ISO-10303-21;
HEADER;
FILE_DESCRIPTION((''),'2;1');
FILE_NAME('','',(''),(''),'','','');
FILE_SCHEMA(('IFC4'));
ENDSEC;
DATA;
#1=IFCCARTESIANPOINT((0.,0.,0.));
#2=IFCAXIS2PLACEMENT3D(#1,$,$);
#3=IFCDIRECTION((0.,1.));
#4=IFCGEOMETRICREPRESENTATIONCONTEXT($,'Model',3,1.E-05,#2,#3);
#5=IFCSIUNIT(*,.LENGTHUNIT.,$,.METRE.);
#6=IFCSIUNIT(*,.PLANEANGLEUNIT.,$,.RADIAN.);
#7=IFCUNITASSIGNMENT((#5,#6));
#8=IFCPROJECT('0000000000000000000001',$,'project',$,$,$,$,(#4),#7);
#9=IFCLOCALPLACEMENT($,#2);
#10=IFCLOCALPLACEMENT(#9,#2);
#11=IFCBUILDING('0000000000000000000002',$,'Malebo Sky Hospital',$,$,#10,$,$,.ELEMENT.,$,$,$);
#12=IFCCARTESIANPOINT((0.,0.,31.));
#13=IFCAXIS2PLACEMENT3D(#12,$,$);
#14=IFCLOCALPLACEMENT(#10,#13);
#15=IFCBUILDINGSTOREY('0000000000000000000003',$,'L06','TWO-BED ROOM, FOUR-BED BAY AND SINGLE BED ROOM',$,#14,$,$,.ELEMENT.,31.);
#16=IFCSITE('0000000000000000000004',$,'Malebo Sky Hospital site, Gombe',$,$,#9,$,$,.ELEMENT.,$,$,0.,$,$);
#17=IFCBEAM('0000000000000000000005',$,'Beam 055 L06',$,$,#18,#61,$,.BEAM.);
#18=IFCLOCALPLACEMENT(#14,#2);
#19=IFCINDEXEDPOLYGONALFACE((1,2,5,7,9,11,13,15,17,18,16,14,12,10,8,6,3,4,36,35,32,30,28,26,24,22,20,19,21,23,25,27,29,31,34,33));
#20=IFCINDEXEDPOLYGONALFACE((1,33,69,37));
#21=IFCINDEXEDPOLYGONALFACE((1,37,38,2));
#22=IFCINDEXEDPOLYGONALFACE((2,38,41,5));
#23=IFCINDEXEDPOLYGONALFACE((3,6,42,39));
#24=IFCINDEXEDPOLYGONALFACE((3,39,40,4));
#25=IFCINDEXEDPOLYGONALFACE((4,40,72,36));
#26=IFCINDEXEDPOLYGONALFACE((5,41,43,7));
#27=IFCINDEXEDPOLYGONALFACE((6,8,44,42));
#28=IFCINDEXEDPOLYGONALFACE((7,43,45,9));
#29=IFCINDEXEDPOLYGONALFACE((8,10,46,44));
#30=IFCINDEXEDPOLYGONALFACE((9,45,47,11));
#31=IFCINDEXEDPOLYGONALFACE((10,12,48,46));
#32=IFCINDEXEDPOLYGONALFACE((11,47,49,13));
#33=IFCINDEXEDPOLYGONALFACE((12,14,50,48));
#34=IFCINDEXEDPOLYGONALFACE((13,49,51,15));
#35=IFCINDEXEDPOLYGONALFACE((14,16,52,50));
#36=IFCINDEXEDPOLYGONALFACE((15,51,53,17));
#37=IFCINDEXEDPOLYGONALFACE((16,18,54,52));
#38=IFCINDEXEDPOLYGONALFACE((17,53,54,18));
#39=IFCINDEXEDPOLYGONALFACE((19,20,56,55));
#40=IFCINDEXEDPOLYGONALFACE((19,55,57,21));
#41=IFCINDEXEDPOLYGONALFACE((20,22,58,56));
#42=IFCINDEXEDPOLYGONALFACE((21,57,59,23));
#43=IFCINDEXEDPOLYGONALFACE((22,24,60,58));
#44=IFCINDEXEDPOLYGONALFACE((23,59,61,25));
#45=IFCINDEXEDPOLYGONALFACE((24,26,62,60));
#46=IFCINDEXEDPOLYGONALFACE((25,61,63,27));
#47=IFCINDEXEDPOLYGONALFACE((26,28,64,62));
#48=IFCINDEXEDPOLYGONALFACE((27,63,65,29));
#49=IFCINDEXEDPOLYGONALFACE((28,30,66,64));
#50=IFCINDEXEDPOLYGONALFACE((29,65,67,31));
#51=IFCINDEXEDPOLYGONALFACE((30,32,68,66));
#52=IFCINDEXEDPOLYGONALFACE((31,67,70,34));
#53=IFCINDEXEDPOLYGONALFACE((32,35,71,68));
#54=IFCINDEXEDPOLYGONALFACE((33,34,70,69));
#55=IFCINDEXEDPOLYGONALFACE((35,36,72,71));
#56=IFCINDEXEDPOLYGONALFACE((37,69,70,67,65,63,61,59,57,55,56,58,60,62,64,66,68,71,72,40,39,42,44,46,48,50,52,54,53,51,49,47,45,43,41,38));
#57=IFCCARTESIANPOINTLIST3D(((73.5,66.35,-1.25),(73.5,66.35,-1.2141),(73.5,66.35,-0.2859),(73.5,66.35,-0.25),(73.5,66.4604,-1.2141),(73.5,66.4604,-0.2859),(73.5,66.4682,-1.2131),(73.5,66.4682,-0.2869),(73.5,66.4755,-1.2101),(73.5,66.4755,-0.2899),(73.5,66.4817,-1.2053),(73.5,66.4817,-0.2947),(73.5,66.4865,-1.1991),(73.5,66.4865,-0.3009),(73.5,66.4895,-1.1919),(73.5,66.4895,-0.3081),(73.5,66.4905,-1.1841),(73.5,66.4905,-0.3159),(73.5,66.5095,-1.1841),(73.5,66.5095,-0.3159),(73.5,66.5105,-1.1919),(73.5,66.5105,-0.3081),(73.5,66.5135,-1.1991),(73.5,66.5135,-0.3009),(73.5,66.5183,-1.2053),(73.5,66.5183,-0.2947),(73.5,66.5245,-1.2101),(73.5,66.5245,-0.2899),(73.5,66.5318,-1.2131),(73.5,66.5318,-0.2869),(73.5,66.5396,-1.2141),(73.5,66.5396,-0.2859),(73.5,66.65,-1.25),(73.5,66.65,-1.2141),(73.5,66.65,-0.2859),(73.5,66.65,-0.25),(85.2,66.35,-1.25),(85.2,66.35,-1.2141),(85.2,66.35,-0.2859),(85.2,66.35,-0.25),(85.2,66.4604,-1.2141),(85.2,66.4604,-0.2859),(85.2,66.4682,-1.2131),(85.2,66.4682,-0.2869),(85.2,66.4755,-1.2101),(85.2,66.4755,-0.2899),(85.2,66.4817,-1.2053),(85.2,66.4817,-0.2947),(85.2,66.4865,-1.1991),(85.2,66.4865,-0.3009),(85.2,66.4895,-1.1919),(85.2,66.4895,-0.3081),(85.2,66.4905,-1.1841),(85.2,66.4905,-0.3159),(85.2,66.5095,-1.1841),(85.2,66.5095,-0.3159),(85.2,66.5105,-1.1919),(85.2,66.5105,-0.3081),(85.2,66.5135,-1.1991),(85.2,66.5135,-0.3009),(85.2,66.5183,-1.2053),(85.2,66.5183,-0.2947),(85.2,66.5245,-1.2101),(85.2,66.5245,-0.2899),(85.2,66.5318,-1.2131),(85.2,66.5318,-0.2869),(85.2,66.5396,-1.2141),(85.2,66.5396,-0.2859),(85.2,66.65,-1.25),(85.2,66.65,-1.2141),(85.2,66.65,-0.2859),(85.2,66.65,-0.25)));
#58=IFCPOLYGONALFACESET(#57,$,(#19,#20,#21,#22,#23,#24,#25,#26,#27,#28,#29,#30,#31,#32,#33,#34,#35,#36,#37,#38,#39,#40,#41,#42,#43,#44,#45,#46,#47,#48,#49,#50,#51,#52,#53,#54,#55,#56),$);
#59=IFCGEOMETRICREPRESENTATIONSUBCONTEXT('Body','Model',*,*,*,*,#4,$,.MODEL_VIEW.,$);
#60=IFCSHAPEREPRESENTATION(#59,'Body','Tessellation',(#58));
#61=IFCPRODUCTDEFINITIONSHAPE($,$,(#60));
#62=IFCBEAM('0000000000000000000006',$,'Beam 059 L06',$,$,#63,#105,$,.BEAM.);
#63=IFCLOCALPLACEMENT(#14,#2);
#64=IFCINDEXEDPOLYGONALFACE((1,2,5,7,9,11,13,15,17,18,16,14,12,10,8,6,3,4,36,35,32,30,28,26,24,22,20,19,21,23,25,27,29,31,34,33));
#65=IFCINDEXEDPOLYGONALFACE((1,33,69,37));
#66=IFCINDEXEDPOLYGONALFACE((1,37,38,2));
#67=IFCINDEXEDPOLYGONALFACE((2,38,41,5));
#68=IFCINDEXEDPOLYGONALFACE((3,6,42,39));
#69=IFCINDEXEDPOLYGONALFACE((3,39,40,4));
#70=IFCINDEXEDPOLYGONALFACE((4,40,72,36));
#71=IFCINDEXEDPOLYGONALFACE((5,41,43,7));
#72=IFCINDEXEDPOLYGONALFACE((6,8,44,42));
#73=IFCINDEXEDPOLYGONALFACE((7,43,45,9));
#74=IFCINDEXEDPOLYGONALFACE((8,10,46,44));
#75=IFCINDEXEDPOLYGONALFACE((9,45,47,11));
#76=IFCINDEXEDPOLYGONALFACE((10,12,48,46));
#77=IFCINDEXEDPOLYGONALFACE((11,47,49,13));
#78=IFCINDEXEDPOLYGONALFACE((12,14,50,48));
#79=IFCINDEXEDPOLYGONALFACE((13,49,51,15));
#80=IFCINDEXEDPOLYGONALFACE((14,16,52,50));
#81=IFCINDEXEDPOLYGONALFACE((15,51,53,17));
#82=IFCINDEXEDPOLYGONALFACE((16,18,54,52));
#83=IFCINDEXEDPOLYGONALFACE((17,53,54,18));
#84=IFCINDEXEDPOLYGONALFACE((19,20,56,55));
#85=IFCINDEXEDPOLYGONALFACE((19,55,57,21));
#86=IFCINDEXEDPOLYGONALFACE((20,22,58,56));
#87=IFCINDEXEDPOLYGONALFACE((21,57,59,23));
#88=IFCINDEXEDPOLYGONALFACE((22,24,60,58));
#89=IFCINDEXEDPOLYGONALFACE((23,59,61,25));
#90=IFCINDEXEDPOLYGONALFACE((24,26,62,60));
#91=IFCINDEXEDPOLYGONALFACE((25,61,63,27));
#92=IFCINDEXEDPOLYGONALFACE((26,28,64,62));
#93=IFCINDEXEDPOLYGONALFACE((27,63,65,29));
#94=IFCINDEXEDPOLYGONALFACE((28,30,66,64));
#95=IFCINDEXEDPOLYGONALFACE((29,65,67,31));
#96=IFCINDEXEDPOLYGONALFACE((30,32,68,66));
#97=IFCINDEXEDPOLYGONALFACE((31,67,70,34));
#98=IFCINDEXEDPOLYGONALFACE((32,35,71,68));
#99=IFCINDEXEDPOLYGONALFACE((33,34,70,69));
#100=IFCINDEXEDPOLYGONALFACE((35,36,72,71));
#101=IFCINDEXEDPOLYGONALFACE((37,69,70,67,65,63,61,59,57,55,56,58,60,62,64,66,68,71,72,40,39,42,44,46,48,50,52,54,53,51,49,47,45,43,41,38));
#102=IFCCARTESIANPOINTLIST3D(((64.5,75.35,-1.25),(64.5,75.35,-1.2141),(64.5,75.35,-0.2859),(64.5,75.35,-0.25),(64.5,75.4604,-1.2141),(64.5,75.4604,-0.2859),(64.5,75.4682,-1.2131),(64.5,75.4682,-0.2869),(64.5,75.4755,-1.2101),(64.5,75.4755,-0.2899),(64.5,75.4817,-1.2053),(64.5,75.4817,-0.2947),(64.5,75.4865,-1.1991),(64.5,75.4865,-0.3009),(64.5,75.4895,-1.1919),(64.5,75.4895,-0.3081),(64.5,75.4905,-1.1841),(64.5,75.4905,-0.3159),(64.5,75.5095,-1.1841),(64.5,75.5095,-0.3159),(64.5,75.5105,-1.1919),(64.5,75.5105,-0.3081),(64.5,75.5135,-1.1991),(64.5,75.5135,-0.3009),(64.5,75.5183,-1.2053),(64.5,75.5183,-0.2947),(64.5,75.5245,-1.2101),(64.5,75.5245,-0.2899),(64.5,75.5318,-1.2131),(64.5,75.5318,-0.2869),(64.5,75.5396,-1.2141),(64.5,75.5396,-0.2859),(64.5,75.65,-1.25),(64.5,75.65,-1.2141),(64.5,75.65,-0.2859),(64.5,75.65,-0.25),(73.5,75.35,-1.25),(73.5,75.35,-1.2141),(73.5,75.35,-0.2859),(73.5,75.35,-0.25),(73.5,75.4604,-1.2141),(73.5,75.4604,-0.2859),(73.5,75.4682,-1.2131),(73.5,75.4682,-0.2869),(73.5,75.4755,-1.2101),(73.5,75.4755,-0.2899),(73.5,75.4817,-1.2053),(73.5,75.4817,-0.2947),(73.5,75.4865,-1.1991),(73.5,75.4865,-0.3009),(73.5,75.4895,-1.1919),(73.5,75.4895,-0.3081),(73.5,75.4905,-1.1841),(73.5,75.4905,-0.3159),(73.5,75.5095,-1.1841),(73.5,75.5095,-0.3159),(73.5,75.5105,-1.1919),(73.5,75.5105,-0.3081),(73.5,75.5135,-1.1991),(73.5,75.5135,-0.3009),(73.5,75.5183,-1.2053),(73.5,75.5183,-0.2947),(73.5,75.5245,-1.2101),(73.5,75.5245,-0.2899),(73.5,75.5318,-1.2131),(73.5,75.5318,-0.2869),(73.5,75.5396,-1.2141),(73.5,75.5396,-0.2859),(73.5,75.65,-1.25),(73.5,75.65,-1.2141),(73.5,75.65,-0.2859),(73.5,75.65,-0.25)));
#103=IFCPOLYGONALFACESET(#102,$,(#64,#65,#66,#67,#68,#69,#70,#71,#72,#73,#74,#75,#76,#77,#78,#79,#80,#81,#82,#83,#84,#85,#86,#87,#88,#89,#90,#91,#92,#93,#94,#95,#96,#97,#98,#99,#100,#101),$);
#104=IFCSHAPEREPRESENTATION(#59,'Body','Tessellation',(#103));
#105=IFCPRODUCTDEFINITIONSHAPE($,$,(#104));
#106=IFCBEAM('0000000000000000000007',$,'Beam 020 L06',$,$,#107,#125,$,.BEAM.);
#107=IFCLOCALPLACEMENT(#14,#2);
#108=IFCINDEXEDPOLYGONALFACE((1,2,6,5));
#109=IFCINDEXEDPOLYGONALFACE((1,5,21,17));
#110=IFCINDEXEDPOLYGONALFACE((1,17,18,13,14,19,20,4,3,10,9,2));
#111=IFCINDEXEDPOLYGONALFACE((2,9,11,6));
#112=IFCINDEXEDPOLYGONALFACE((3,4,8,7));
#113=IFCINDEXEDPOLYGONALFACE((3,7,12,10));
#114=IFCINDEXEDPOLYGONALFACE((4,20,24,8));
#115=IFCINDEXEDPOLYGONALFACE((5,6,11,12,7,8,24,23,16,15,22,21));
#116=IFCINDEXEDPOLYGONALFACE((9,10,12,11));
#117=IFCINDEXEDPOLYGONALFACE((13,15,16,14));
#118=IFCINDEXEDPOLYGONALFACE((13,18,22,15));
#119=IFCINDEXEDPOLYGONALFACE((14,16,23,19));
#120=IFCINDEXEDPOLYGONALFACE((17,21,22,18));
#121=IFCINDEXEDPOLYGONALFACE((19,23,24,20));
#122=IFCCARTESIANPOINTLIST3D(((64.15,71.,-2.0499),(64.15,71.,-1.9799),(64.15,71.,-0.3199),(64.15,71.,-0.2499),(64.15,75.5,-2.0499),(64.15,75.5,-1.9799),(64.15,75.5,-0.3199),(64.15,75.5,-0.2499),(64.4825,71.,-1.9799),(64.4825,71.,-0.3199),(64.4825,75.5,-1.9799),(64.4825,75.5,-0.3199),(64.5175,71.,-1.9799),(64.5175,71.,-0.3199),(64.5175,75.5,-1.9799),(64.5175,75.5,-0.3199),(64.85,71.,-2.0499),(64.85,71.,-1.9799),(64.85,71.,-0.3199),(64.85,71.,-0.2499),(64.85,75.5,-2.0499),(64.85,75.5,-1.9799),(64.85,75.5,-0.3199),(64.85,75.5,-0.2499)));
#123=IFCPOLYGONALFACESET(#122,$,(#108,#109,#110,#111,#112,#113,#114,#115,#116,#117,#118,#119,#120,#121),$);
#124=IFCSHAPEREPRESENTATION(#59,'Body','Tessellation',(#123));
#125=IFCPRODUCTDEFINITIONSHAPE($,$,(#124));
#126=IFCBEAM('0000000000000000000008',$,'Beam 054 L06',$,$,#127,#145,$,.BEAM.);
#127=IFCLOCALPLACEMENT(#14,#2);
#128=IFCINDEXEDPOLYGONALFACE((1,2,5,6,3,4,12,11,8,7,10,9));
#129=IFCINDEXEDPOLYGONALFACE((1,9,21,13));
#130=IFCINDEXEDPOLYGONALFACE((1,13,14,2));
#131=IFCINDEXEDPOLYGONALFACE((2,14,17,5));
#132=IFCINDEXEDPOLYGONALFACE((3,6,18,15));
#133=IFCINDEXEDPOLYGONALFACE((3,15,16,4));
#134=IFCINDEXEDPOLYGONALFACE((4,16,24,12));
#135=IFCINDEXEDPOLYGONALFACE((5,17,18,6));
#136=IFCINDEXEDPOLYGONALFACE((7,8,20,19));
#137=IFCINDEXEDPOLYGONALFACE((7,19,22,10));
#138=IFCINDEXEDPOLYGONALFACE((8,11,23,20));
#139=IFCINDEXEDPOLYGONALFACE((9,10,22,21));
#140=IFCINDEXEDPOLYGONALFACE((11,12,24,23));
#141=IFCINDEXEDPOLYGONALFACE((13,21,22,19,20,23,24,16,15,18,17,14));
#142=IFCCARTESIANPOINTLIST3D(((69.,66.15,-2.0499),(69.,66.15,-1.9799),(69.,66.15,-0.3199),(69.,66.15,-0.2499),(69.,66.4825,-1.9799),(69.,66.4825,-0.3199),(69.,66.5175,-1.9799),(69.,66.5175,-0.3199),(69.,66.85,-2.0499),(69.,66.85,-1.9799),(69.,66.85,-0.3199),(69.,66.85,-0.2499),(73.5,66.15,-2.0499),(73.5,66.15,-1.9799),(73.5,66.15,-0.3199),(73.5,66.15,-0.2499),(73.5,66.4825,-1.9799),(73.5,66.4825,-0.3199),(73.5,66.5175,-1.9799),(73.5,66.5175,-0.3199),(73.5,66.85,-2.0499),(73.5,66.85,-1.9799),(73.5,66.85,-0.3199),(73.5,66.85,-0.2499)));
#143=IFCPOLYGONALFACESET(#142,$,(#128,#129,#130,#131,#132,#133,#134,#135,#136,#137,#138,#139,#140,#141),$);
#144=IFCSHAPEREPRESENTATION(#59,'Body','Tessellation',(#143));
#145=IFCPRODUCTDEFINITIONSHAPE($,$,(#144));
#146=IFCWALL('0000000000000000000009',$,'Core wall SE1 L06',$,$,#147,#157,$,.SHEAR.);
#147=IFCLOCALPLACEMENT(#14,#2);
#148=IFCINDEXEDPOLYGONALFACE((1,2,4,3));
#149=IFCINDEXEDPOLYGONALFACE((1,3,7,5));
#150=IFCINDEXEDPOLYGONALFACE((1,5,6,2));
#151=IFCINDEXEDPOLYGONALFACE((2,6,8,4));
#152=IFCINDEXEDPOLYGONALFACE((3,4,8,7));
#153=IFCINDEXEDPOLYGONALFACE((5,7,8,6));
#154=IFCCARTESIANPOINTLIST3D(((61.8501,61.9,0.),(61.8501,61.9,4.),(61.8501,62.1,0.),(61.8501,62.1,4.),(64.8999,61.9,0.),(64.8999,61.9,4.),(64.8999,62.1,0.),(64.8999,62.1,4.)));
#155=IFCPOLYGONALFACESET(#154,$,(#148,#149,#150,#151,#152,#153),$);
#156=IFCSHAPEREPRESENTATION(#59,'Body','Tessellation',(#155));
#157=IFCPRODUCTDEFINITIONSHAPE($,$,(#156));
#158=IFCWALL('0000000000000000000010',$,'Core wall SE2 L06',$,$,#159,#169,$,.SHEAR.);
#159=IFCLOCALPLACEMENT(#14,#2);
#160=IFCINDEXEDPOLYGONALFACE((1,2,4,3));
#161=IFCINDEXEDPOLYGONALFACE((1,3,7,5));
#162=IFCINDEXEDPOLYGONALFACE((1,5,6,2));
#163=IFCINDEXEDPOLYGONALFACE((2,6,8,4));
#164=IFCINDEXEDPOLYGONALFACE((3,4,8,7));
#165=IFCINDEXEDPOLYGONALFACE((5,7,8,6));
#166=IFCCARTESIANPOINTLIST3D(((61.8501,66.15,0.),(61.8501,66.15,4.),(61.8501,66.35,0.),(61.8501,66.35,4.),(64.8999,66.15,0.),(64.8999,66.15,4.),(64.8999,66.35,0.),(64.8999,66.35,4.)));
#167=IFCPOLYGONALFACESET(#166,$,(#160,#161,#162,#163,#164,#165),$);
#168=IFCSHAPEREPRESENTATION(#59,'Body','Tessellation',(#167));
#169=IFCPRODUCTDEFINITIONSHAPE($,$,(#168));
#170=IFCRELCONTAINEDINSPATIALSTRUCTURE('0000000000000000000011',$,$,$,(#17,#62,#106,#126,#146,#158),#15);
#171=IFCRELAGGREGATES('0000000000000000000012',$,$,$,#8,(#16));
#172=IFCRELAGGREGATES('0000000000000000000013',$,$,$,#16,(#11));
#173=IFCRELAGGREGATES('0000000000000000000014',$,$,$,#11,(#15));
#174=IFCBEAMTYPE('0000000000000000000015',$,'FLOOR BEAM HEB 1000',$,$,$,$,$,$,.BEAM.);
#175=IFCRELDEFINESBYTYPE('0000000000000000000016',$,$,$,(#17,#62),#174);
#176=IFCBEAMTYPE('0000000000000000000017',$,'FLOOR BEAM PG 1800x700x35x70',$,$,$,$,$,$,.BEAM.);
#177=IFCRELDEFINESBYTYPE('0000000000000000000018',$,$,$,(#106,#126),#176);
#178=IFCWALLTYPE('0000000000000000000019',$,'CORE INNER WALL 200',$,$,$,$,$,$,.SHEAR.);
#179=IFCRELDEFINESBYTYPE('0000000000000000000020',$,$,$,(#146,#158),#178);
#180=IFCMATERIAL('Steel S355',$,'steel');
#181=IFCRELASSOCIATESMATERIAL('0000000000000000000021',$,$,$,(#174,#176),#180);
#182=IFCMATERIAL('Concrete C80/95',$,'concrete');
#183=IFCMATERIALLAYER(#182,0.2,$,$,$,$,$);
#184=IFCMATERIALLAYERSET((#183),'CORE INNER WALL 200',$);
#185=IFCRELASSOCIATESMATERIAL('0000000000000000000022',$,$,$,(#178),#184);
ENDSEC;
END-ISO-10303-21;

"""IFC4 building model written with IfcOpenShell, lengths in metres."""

from ifc_helpers import new_model, si_unit, direction, frame, frame_2d, origin, origin_2d, place, context, subcontext, project, spatial, rectangle, i_section, extrude, material, layer, layer_set, material_profile, profile_set, type_object, element, save


model = new_model("IFC4")

# Units and contexts
model_context = context("Model", 3, precision=1e-05, world=origin(), true_north=direction((0.0, 1.0)))
body_context = subcontext(model_context, "Body", "Model", "MODEL_VIEW")
ifc_project = project(units=[si_unit("LENGTHUNIT", "METRE"), si_unit("PLANEANGLEUNIT", "RADIAN")], contexts=[model_context])

# Site, building, storey
site_placement = place(None, origin())
site = spatial("IfcSite", under=ifc_project, at=site_placement, Name="Malebo Sky Hospital site, Gombe", CompositionType="ELEMENT", RefElevation=0.0)
building_placement = place(site_placement, origin())
building = spatial("IfcBuilding", under=site, at=building_placement, Name="Malebo Sky Hospital", CompositionType="ELEMENT")
storey_placement = place(building_placement, frame((0.0, 0.0, 31.0)))
storey = spatial("IfcBuildingStorey", under=building, at=storey_placement, Name="L06", Description="TWO-BED ROOM, FOUR-BED BAY AND SINGLE BED ROOM", CompositionType="ELEMENT", Elevation=31.0)

# Beams
ifc_material_1 = material(Name="Steel S355", Category="steel")
ifc_material_profile_1 = material_profile(ifc_material_1, i_section(OverallWidth=0.3, OverallDepth=1.0, WebThickness=0.019, FlangeThickness=0.0359, FilletRadius=0.03, at=origin_2d()), Name="HEB 1000")
ifc_profile_set_1 = profile_set([ifc_material_profile_1], Name="Steel S355")
beam_type_1 = type_object("IfcBeamType", Name="FLOOR BEAM HEB 1000", PredefinedType="BEAM", material=ifc_profile_set_1)
beam_1_placement = place(storey_placement, frame((73.5, 66.5, -0.75), z_axis=(1.0, 0.0, 0.0), x_axis=(0.0, 1.0, 0.0)))
element("IfcBeam", 1, at=beam_1_placement, inside=storey, type_object=beam_type_1, Name="Beam 055 L06", PredefinedType="BEAM", context=body_context, shape_type="SweptSolid", body=[
    extrude(i_section(OverallWidth=0.3, OverallDepth=1.0, WebThickness=0.019, FlangeThickness=0.0359, FilletRadius=0.03, at=origin_2d()), origin(), (0.0, 0.0, 1.0), 11.7),
])
beam_2_placement = place(storey_placement, frame((64.5, 75.5, -0.75), z_axis=(1.0, 0.0, 0.0), x_axis=(0.0, 1.0, 0.0)))
element("IfcBeam", 2, at=beam_2_placement, inside=storey, type_object=beam_type_1, Name="Beam 059 L06", PredefinedType="BEAM", context=body_context, shape_type="SweptSolid", body=[
    extrude(i_section(OverallWidth=0.3, OverallDepth=1.0, WebThickness=0.019, FlangeThickness=0.0359, FilletRadius=0.03, at=origin_2d()), origin(), (0.0, 0.0, 1.0), 9.0),
])
ifc_material_profile_2 = material_profile(ifc_material_1, i_section(OverallWidth=0.7, OverallDepth=1.8, WebThickness=0.0349, FlangeThickness=0.0701, at=origin_2d()), Name="PG 1800x700x35x70")
ifc_profile_set_2 = profile_set([ifc_material_profile_2], Name="Steel S355")
beam_type_2 = type_object("IfcBeamType", Name="FLOOR BEAM PG 1800x700x35x70", PredefinedType="BEAM", material=ifc_profile_set_2)
for number, where, z_axis, x_axis, name in (
    (3, (64.5, 71.0, -1.1499), (0.0, 1.0, 0.0), (-1.0, 0.0, 0.0), "Beam 020 L06"),
    (4, (69.0, 66.5, -1.1499), (1.0, 0.0, 0.0), (0.0, 1.0, 0.0), "Beam 054 L06"),
):
    element("IfcBeam", number, at=place(storey_placement, frame(where, z_axis=z_axis, x_axis=x_axis)), inside=storey, type_object=beam_type_2, Name=name, PredefinedType="BEAM", context=body_context, shape_type="SweptSolid", body=[
        extrude(i_section(OverallWidth=0.7, OverallDepth=1.8, WebThickness=0.0349, FlangeThickness=0.0701, at=origin_2d()), origin(), (0.0, 0.0, 1.0), 4.5),
    ])

# Walls
ifc_material_2 = material(Name="Concrete C80/95", Category="concrete")
ifc_layer_1 = layer(ifc_material_2, 0.2)
ifc_layer_set_1 = layer_set([ifc_layer_1], Name="CORE INNER WALL 200")
wall_type_1 = type_object("IfcWallType", Name="CORE INNER WALL 200", PredefinedType="SHEAR", material=ifc_layer_set_1)
for number, where, z_axis, x_axis, name in (
    (5, (61.8501, 62.0, 0.0), (0.0, 0.0, 1.0), (1.0, 0.0, 0.0), "Core wall SE1 L06"),
    (6, (61.8501, 66.25, 0.0), (0.0, 0.0, 1.0), (1.0, 0.0, 0.0), "Core wall SE2 L06"),
):
    element("IfcWall", number, at=place(storey_placement, frame(where, z_axis=z_axis, x_axis=x_axis)), inside=storey, type_object=wall_type_1, Name=name, PredefinedType="SHEAR", context=body_context, shape_type="SweptSolid", body=[
        extrude(rectangle(XDim=3.0498, YDim=0.2, at=frame_2d((1.5249, 0.0))), origin(), (0.0, 0.0, 1.0), 4.0),
    ])

save(model, "model.ifc")
